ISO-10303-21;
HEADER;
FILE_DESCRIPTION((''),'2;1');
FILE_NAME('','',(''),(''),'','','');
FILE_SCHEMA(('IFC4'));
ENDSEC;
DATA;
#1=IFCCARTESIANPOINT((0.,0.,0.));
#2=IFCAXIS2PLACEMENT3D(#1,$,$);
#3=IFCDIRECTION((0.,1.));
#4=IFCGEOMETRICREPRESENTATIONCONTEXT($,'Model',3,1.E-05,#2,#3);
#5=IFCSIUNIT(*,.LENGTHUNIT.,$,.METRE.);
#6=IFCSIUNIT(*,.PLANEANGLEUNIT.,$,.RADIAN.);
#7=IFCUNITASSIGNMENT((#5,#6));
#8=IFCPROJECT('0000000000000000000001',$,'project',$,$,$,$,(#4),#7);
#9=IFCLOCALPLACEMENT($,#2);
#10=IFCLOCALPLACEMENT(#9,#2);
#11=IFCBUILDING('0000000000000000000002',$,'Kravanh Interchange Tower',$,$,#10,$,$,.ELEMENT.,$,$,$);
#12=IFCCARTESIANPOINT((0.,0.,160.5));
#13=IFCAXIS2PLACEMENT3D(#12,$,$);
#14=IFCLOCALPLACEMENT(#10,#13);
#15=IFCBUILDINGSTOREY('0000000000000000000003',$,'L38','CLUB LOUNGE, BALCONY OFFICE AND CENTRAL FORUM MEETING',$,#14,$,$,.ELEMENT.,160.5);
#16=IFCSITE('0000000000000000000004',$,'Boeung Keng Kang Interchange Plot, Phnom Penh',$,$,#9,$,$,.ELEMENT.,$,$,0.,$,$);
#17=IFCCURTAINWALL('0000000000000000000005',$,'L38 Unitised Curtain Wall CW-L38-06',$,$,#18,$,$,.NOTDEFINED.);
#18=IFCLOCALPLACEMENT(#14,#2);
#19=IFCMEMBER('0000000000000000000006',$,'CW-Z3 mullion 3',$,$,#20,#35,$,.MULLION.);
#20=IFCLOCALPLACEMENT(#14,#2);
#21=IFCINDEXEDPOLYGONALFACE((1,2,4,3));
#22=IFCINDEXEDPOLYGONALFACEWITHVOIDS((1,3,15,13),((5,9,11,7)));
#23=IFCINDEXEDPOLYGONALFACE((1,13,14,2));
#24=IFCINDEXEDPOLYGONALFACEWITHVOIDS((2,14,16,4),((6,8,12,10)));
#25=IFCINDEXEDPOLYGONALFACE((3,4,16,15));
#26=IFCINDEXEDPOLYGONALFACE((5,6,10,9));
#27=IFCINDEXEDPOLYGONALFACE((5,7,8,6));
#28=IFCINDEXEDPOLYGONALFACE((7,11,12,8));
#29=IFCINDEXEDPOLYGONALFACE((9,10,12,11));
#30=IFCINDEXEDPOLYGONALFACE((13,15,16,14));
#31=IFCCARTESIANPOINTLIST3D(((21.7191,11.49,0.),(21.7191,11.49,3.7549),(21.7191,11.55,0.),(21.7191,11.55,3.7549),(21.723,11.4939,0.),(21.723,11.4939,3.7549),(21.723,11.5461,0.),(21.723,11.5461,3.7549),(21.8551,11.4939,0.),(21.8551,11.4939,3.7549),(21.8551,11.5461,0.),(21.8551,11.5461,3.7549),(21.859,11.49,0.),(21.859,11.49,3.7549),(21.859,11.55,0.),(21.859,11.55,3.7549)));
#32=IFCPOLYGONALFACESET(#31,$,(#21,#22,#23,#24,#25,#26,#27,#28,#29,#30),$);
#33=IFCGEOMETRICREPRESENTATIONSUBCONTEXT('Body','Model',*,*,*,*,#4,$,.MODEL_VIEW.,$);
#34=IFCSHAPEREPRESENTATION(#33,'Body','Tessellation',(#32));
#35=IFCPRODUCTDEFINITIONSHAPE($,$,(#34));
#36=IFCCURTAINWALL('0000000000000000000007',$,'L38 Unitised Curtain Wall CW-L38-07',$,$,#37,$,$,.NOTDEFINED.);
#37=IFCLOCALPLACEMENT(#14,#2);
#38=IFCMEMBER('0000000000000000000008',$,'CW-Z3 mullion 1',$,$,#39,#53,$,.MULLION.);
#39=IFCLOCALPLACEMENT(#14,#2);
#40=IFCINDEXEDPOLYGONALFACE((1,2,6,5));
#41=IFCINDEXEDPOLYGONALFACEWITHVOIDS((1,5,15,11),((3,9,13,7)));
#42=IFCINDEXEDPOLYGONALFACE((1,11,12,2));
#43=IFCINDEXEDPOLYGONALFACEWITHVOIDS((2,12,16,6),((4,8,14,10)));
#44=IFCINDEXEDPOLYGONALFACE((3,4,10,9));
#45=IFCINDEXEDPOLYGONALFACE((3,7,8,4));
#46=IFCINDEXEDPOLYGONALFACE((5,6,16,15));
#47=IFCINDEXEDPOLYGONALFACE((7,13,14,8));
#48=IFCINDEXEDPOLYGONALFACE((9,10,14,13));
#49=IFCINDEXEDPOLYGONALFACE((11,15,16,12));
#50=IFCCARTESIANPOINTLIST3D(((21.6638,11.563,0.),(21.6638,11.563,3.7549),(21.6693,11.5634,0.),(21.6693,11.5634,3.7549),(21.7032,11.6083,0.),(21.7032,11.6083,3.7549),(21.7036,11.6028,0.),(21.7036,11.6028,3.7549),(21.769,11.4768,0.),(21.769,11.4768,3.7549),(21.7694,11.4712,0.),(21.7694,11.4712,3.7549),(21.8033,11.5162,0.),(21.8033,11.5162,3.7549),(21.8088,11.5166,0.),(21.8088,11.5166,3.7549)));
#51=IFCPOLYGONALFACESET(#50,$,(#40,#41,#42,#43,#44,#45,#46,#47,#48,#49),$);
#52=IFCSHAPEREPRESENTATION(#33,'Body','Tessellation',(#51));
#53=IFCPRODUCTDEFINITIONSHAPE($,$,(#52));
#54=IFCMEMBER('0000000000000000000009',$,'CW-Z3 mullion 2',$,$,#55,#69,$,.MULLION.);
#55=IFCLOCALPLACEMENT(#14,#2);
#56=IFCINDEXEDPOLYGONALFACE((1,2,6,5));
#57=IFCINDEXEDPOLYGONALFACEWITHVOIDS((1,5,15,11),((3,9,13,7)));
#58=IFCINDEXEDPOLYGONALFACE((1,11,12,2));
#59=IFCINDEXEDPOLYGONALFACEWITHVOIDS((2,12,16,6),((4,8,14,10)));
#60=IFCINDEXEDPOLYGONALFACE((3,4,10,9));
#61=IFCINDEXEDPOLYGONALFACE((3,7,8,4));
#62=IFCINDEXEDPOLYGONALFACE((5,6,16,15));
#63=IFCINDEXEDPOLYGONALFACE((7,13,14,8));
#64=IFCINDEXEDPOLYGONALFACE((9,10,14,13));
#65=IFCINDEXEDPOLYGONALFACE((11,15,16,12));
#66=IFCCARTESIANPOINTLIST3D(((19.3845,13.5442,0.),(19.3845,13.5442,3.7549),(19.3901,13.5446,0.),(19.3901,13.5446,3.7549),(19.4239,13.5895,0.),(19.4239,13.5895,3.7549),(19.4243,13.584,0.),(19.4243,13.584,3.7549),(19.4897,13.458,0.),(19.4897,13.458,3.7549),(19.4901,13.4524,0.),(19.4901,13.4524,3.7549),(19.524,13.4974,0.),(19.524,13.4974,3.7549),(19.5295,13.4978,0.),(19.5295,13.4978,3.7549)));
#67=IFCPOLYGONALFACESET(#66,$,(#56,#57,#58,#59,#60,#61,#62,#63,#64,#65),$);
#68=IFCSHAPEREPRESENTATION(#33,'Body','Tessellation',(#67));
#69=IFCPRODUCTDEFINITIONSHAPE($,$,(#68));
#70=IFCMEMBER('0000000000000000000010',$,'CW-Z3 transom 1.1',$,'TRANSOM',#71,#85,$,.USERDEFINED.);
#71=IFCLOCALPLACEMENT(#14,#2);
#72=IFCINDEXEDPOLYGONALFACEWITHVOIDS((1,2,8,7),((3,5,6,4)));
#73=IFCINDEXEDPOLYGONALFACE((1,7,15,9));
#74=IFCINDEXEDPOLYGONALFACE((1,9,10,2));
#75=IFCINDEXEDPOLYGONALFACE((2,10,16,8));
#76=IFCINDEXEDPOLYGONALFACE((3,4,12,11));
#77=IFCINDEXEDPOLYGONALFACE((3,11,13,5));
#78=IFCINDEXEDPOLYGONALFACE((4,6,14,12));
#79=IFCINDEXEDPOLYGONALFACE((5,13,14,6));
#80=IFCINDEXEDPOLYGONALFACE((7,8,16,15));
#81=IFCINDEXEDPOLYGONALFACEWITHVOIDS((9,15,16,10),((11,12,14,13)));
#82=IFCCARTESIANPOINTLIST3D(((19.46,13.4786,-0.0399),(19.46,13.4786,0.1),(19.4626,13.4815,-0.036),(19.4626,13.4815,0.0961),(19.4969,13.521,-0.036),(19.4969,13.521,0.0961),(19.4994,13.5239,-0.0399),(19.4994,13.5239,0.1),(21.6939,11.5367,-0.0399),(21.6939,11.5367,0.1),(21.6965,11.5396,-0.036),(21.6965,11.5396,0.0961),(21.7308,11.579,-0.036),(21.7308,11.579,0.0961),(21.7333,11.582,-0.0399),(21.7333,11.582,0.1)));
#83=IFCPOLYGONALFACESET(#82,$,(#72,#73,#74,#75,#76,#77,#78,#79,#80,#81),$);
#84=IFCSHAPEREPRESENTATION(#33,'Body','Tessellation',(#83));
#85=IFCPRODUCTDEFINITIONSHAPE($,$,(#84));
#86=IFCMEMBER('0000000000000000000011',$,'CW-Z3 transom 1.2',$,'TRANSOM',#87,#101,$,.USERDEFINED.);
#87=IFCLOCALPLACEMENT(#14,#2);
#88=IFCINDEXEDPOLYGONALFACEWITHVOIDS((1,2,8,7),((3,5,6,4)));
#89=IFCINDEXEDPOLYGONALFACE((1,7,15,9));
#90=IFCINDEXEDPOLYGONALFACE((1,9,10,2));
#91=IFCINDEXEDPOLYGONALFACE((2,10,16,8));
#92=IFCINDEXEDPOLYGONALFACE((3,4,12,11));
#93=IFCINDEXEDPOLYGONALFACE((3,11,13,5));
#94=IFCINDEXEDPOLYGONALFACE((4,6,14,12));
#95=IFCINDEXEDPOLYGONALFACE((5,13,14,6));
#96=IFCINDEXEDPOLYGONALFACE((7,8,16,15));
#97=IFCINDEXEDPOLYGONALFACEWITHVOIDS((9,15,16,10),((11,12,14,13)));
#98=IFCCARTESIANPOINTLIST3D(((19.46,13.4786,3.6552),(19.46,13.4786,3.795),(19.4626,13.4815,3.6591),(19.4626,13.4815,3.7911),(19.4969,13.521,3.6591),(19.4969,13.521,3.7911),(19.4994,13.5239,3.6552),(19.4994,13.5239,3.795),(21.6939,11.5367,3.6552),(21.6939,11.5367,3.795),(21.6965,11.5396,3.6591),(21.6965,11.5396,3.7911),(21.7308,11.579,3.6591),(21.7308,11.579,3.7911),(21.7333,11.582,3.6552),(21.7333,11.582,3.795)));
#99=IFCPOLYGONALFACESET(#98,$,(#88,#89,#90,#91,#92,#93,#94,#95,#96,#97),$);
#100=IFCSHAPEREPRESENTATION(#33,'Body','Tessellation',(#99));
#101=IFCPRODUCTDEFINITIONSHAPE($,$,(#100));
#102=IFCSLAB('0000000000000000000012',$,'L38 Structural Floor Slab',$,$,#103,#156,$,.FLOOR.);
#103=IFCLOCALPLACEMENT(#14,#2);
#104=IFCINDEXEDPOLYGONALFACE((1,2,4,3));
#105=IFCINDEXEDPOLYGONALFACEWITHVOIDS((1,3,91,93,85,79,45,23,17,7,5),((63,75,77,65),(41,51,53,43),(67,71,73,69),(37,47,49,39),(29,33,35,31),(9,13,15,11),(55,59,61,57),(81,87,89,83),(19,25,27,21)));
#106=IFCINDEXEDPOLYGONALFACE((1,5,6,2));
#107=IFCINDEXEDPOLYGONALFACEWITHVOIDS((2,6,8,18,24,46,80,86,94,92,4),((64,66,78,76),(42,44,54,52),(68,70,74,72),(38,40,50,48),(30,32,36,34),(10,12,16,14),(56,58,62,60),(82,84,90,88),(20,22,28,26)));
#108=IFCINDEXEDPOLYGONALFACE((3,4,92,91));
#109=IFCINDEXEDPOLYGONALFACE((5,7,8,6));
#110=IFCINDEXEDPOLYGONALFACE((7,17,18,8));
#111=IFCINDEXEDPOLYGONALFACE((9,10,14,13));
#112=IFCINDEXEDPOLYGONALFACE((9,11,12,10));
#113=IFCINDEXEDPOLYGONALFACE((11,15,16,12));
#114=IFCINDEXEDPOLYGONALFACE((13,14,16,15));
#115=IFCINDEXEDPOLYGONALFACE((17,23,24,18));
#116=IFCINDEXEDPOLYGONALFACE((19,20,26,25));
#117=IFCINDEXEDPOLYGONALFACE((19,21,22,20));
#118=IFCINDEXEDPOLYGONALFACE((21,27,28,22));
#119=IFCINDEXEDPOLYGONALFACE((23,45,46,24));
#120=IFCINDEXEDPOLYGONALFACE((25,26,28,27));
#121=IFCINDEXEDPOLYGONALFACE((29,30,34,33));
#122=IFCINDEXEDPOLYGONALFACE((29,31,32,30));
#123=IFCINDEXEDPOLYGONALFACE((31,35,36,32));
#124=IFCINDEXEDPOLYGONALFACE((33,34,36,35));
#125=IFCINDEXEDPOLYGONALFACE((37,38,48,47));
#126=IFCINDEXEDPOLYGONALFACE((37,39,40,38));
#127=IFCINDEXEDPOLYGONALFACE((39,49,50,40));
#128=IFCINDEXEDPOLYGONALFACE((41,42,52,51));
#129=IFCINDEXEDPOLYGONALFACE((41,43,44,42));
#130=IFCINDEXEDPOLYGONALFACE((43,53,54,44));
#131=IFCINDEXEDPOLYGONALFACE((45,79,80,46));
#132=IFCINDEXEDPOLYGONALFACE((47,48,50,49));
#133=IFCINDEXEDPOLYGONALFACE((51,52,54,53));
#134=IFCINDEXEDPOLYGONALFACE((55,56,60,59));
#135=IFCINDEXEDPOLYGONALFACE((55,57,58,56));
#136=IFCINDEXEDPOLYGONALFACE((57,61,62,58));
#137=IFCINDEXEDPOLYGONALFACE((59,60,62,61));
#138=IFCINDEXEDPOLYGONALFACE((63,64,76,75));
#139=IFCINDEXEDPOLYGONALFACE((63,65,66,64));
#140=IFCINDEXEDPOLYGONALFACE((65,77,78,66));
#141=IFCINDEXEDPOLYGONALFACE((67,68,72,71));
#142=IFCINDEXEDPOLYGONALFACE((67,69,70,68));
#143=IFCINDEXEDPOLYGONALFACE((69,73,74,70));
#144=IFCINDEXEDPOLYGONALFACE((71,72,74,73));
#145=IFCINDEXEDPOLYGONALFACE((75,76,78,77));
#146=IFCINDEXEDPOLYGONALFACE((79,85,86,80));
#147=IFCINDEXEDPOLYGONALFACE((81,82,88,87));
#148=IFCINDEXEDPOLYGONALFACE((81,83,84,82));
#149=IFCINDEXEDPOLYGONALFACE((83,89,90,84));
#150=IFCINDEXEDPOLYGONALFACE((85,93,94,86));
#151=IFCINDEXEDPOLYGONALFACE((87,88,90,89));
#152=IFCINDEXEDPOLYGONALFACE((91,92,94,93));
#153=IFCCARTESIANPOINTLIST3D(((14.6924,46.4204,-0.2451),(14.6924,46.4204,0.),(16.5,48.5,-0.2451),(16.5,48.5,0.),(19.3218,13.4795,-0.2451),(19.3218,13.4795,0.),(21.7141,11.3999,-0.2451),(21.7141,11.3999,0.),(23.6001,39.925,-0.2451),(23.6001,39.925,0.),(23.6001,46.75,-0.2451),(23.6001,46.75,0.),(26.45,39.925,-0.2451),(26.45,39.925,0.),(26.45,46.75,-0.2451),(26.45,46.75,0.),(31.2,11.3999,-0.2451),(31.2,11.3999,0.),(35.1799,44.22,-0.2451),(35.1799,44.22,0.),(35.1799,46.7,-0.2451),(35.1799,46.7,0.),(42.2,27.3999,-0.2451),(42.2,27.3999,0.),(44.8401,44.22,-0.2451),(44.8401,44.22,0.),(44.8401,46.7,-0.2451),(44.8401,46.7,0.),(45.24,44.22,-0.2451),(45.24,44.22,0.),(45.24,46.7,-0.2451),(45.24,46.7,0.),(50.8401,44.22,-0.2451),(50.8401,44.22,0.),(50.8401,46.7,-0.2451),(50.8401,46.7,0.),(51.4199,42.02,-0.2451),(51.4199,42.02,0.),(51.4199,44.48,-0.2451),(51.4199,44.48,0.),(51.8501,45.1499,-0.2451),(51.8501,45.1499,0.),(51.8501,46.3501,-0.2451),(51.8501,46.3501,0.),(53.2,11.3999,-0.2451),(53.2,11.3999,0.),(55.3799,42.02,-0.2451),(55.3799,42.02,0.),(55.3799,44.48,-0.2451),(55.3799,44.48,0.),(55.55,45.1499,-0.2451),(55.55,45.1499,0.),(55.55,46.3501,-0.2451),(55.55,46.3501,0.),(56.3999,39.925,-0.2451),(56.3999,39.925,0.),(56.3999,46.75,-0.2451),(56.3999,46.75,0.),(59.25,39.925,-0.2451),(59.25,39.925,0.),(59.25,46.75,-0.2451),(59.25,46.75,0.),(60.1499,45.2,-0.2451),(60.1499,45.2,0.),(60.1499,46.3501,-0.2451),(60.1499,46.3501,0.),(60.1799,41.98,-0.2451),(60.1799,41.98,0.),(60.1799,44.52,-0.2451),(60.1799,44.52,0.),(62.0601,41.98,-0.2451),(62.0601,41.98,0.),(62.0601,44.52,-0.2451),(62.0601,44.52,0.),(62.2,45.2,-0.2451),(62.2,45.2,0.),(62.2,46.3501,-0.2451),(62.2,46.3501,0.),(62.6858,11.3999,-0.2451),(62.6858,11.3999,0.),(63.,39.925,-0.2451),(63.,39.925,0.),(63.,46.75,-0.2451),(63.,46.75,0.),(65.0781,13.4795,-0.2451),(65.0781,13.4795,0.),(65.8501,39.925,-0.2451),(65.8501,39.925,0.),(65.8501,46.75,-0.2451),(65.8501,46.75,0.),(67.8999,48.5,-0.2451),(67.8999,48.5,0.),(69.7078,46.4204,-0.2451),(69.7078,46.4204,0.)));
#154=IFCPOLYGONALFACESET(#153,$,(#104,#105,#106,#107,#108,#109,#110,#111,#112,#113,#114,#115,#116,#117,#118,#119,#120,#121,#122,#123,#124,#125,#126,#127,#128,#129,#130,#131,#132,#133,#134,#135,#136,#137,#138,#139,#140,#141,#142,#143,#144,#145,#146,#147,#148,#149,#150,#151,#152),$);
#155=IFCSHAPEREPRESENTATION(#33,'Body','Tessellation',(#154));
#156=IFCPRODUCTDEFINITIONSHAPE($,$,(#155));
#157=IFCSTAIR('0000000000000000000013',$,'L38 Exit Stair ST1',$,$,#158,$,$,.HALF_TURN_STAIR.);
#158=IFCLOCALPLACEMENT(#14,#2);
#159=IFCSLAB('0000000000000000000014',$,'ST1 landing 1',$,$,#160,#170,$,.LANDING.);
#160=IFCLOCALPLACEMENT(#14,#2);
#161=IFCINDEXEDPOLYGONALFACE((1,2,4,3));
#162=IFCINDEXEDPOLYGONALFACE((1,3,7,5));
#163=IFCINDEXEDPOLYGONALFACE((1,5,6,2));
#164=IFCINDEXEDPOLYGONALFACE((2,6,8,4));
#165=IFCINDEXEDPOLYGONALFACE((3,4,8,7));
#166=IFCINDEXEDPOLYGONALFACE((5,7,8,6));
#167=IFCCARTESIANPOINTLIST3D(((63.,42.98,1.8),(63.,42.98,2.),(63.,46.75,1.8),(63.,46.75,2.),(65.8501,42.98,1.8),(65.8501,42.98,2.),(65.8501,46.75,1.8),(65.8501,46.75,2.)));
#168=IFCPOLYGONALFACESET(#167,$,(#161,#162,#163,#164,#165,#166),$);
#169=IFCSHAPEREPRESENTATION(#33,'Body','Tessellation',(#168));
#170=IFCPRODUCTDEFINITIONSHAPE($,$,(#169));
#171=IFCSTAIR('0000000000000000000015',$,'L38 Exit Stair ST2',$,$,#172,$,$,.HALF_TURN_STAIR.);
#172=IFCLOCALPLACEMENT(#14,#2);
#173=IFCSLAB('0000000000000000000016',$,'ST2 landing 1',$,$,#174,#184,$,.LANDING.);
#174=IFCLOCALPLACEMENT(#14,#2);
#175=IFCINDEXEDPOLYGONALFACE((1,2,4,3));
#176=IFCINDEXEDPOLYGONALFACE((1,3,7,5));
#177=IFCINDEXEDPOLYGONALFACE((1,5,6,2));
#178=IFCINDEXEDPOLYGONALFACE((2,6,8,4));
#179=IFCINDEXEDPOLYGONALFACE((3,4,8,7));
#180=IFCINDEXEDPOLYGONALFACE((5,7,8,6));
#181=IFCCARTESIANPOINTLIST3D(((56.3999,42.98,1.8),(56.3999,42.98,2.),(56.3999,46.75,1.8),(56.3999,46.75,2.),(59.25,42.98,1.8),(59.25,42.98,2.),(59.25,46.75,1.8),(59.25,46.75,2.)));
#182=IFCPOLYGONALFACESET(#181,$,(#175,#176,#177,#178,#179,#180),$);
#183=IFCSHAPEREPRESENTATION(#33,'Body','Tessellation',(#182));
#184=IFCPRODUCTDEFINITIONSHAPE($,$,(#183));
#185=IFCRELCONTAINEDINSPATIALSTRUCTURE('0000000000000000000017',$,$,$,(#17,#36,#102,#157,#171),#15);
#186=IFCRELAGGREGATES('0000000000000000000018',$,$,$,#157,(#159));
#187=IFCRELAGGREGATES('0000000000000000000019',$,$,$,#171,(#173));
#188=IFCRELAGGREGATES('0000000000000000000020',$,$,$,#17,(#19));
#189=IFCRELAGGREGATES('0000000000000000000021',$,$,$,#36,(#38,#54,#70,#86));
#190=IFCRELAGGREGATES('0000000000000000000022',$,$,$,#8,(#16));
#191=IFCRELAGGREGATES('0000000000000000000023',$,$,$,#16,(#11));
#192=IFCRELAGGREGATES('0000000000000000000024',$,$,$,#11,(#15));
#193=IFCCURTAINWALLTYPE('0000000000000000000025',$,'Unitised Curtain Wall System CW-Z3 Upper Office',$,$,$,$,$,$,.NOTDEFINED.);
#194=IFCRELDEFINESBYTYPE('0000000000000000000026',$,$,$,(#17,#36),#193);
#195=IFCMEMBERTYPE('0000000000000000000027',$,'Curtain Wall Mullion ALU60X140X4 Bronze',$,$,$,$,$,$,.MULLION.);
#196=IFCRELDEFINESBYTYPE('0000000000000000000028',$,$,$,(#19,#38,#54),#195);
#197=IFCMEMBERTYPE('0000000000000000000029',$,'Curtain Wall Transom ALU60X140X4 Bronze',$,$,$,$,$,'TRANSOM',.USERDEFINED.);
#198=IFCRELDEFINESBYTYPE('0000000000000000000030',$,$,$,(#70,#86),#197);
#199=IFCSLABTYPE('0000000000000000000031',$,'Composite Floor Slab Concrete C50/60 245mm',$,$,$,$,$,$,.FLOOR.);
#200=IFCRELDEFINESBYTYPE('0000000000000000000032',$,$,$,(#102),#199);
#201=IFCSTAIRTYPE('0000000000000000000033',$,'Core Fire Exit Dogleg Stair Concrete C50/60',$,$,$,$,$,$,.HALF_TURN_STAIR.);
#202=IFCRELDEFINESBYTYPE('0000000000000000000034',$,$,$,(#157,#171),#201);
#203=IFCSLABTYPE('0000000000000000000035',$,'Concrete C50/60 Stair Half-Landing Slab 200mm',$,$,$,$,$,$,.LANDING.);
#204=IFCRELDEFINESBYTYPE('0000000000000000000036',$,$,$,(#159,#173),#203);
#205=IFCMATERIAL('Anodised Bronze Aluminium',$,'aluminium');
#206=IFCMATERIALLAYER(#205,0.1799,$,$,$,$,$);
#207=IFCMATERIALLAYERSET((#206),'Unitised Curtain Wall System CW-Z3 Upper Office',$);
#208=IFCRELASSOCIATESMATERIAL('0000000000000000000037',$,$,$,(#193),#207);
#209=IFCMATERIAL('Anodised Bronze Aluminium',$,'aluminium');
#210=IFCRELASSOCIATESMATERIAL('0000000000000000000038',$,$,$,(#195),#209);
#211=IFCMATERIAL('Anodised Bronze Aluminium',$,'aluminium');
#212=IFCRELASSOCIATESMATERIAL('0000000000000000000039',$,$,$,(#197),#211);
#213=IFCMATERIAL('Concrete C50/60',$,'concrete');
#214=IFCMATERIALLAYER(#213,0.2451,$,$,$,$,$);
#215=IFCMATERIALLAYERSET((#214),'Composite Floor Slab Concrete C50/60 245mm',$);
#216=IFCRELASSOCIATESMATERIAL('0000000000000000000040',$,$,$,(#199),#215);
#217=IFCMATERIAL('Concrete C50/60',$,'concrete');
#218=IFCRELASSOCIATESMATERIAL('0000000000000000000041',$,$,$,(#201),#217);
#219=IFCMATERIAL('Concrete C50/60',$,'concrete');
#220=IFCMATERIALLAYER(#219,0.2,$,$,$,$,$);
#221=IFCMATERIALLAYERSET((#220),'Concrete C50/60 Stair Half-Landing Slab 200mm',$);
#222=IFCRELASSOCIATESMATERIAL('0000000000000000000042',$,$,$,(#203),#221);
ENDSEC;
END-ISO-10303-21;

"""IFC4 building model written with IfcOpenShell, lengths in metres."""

from ifc_helpers import new_model, si_unit, direction, frame, origin, origin_2d, place, context, subcontext, project, spatial, polyline, hollow_rectangle, outline, extrude, material, layer, layer_set, material_profile, profile_set, type_object, element, aggregate, save


model = new_model("IFC4")

# Units and contexts
model_context = context("Model", 3, precision=1e-05, world=origin(), true_north=direction((0.0, 1.0)))
body_context = subcontext(model_context, "Body", "Model", "MODEL_VIEW")
ifc_project = project(units=[si_unit("LENGTHUNIT", "METRE"), si_unit("PLANEANGLEUNIT", "RADIAN")], contexts=[model_context])

# Site, building, storey
site_placement = place(None, origin())
site = spatial("IfcSite", under=ifc_project, at=site_placement, Name="Boeung Keng Kang Interchange Plot, Phnom Penh", CompositionType="ELEMENT", RefElevation=0.0)
building_placement = place(site_placement, origin())
building = spatial("IfcBuilding", under=site, at=building_placement, Name="Kravanh Interchange Tower", CompositionType="ELEMENT")
storey_placement = place(building_placement, frame((0.0, 0.0, 160.5)))
storey = spatial("IfcBuildingStorey", under=building, at=storey_placement, Name="L38", Description="CLUB LOUNGE, BALCONY OFFICE AND CENTRAL FORUM MEETING", CompositionType="ELEMENT", Elevation=160.5)

# Curtain wall, member
ifc_material_1 = material(Name="Anodised Bronze Aluminium", Category="aluminium")
ifc_layer_1 = layer(ifc_material_1, 0.1799)
ifc_layer_set_1 = layer_set([ifc_layer_1], Name="Unitised Curtain Wall System CW-Z3 Upper Office")
curtain_wall_type = type_object("IfcCurtainWallType", Name="Unitised Curtain Wall System CW-Z3 Upper Office", PredefinedType="NOTDEFINED", material=ifc_layer_set_1)
curtain_wall_1_placement = place(storey_placement, origin())
curtain_wall_1 = element("IfcCurtainWall", 1, at=curtain_wall_1_placement, inside=storey, type_object=curtain_wall_type, Name="L38 Unitised Curtain Wall CW-L38-06", PredefinedType="NOTDEFINED")
ifc_material_2 = material(Name="Anodised Bronze Aluminium", Category="aluminium")
ifc_material_profile_1 = material_profile(ifc_material_2, hollow_rectangle(XDim=0.0601, YDim=0.1399, WallThickness=0.0039, at=origin_2d()), Name="ALU60X140X4")
ifc_profile_set_1 = profile_set([ifc_material_profile_1], Name="Anodised Bronze Aluminium")
member_type_1 = type_object("IfcMemberType", Name="Curtain Wall Mullion ALU60X140X4 Bronze", PredefinedType="MULLION", material=ifc_profile_set_1)
member_1_placement = place(storey_placement, frame((21.7891, 11.52, 0.0), z_axis=(0.0, 0.0, 1.0), x_axis=(0.0, -1.0, 0.0)))
member_1 = element("IfcMember", 2, at=member_1_placement, type_object=member_type_1, Name="CW-Z3 mullion 3", PredefinedType="MULLION", context=body_context, shape_type="SweptSolid", body=[
    extrude(hollow_rectangle(XDim=0.0601, YDim=0.1399, WallThickness=0.0039, at=origin_2d()), origin(), (0.0, 0.0, 1.0), 3.7549),
])

# Curtain wall, members
curtain_wall_2_placement = place(storey_placement, origin())
curtain_wall_2 = element("IfcCurtainWall", 3, at=curtain_wall_2_placement, inside=storey, type_object=curtain_wall_type, Name="L38 Unitised Curtain Wall CW-L38-07", PredefinedType="NOTDEFINED")
member_2_placement = place(storey_placement, frame((21.7363, 11.5398, 0.0), z_axis=(0.0, 0.0, 1.0), x_axis=(-0.656051, -0.754717, 0.0)))
member_2 = element("IfcMember", 4, at=member_2_placement, type_object=member_type_1, Name="CW-Z3 mullion 1", PredefinedType="MULLION", context=body_context, shape_type="SweptSolid", body=[
    extrude(hollow_rectangle(XDim=0.0601, YDim=0.1399, WallThickness=0.0039, at=origin_2d()), origin(), (0.0, 0.0, 1.0), 3.7549),
])
member_3_placement = place(storey_placement, frame((19.457, 13.521, 0.0), z_axis=(0.0, 0.0, 1.0), x_axis=(-0.656051, -0.754717, 0.0)))
member_3 = element("IfcMember", 5, at=member_3_placement, type_object=member_type_1, Name="CW-Z3 mullion 2", PredefinedType="MULLION", context=body_context, shape_type="SweptSolid", body=[
    extrude(hollow_rectangle(XDim=0.0601, YDim=0.1399, WallThickness=0.0039, at=origin_2d()), origin(), (0.0, 0.0, 1.0), 3.7549),
])
ifc_material_3 = material(Name="Anodised Bronze Aluminium", Category="aluminium")
ifc_material_profile_2 = material_profile(ifc_material_3, hollow_rectangle(XDim=0.0601, YDim=0.1399, WallThickness=0.0039, at=origin_2d()), Name="ALU60X140X4")
ifc_profile_set_2 = profile_set([ifc_material_profile_2], Name="Anodised Bronze Aluminium")
member_type_2 = type_object("IfcMemberType", Name="Curtain Wall Transom ALU60X140X4 Bronze", ElementType="TRANSOM", PredefinedType="USERDEFINED", material=ifc_profile_set_2)
member_4_placement = place(storey_placement, frame((21.7136, 11.5593, 0.03), z_axis=(-0.754709, 0.65606, 0.0), x_axis=(-0.65606, -0.754709, 0.0)))
member_4 = element("IfcMember", 6, at=member_4_placement, type_object=member_type_2, Name="CW-Z3 transom 1.1", ObjectType="TRANSOM", PredefinedType="USERDEFINED", context=body_context, shape_type="SweptSolid", body=[
    extrude(hollow_rectangle(XDim=0.0601, YDim=0.1399, WallThickness=0.0039, at=origin_2d()), origin(), (0.0, 0.0, 1.0), 2.96),
])
member_5_placement = place(storey_placement, frame((21.7136, 11.5593, 3.7251), z_axis=(-0.754709, 0.65606, 0.0), x_axis=(-0.65606, -0.754709, 0.0)))
member_5 = element("IfcMember", 7, at=member_5_placement, type_object=member_type_2, Name="CW-Z3 transom 1.2", ObjectType="TRANSOM", PredefinedType="USERDEFINED", context=body_context, shape_type="SweptSolid", body=[
    extrude(hollow_rectangle(XDim=0.0601, YDim=0.1399, WallThickness=0.0039, at=origin_2d()), origin(), (0.0, 0.0, 1.0), 2.96),
])

# Slab
ifc_material_4 = material(Name="Concrete C50/60", Category="concrete")
ifc_layer_2 = layer(ifc_material_4, 0.2451)
ifc_layer_set_2 = layer_set([ifc_layer_2], Name="Composite Floor Slab Concrete C50/60 245mm")
slab_type_1 = type_object("IfcSlabType", Name="Composite Floor Slab Concrete C50/60 245mm", PredefinedType="FLOOR", material=ifc_layer_set_2)
slab_1_placement = place(storey_placement, frame((0.0, 0.0, -0.2451)))
element("IfcSlab", 8, at=slab_1_placement, inside=storey, type_object=slab_type_1, Name="L38 Structural Floor Slab", PredefinedType="FLOOR", context=body_context, shape_type="SweptSolid", body=[
    extrude(outline(polyline([(19.3218, 13.4795), (21.7141, 11.3999), (31.2, 11.3999), (42.2, 27.3999), (53.2, 11.3999), (62.6858, 11.3999), (65.0781, 13.4795), (69.7078, 46.4204), (67.8999, 48.5), (16.5, 48.5), (14.6924, 46.4204), (19.3218, 13.4795)]), holes=[polyline([(65.8501, 39.925), (65.8501, 46.75), (63.0, 46.75), (63.0, 39.925), (65.8501, 39.925)]), polyline([(59.25, 39.925), (59.25, 46.75), (56.3999, 46.75), (56.3999, 39.925), (59.25, 39.925)]), polyline([(26.45, 39.925), (26.45, 46.75), (23.6001, 46.75), (23.6001, 39.925), (26.45, 39.925)]), polyline([(35.1799, 44.22), (44.8401, 44.22), (44.8401, 46.7), (35.1799, 46.7), (35.1799, 44.22)]), polyline([(45.24, 44.22), (50.8401, 44.22), (50.8401, 46.7), (45.24, 46.7), (45.24, 44.22)]), polyline([(51.4199, 42.02), (55.3799, 42.02), (55.3799, 44.48), (51.4199, 44.48), (51.4199, 42.02)]), polyline([(60.1799, 41.98), (62.0601, 41.98), (62.0601, 44.52), (60.1799, 44.52), (60.1799, 41.98)]), polyline([(60.1499, 45.2), (62.2, 45.2), (62.2, 46.3501), (60.1499, 46.3501), (60.1499, 45.2)]), polyline([(51.8501, 45.1499), (55.55, 45.1499), (55.55, 46.3501), (51.8501, 46.3501), (51.8501, 45.1499)])]), origin(), (0.0, 0.0, 1.0), 0.2451),
])

# Stairs, slabs
ifc_material_5 = material(Name="Concrete C50/60", Category="concrete")
stair_type = type_object("IfcStairType", Name="Core Fire Exit Dogleg Stair Concrete C50/60", PredefinedType="HALF_TURN_STAIR", material=ifc_material_5)
stair_1_placement = place(storey_placement, origin())
stair_1 = element("IfcStair", 9, at=stair_1_placement, inside=storey, type_object=stair_type, Name="L38 Exit Stair ST1", PredefinedType="HALF_TURN_STAIR")
ifc_material_6 = material(Name="Concrete C50/60", Category="concrete")
ifc_layer_3 = layer(ifc_material_6, 0.2)
ifc_layer_set_3 = layer_set([ifc_layer_3], Name="Concrete C50/60 Stair Half-Landing Slab 200mm")
slab_type_2 = type_object("IfcSlabType", Name="Concrete C50/60 Stair Half-Landing Slab 200mm", PredefinedType="LANDING", material=ifc_layer_set_3)
slab_2_placement = place(storey_placement, frame((0.0, 0.0, 1.8)))
slab_2 = element("IfcSlab", 10, at=slab_2_placement, type_object=slab_type_2, Name="ST1 landing 1", PredefinedType="LANDING", context=body_context, shape_type="SweptSolid", body=[
    extrude(outline(polyline([(65.8501, 42.98), (65.8501, 46.75), (63.0, 46.75), (63.0, 42.98), (65.8501, 42.98)])), origin(), (0.0, 0.0, 1.0), 0.2),
])
aggregate(stair_1, [slab_2])
stair_2_placement = place(storey_placement, origin())
stair_2 = element("IfcStair", 11, at=stair_2_placement, inside=storey, type_object=stair_type, Name="L38 Exit Stair ST2", PredefinedType="HALF_TURN_STAIR")
slab_3_placement = place(storey_placement, frame((0.0, 0.0, 1.8)))
slab_3 = element("IfcSlab", 12, at=slab_3_placement, type_object=slab_type_2, Name="ST2 landing 1", PredefinedType="LANDING", context=body_context, shape_type="SweptSolid", body=[
    extrude(outline(polyline([(59.25, 42.98), (59.25, 46.75), (56.3999, 46.75), (56.3999, 42.98), (59.25, 42.98)])), origin(), (0.0, 0.0, 1.0), 0.2),
])
aggregate(stair_2, [slab_3])

aggregate(curtain_wall_1, [member_1])
aggregate(curtain_wall_2, [member_2, member_3, member_4, member_5])

save(model, "model.ifc")
